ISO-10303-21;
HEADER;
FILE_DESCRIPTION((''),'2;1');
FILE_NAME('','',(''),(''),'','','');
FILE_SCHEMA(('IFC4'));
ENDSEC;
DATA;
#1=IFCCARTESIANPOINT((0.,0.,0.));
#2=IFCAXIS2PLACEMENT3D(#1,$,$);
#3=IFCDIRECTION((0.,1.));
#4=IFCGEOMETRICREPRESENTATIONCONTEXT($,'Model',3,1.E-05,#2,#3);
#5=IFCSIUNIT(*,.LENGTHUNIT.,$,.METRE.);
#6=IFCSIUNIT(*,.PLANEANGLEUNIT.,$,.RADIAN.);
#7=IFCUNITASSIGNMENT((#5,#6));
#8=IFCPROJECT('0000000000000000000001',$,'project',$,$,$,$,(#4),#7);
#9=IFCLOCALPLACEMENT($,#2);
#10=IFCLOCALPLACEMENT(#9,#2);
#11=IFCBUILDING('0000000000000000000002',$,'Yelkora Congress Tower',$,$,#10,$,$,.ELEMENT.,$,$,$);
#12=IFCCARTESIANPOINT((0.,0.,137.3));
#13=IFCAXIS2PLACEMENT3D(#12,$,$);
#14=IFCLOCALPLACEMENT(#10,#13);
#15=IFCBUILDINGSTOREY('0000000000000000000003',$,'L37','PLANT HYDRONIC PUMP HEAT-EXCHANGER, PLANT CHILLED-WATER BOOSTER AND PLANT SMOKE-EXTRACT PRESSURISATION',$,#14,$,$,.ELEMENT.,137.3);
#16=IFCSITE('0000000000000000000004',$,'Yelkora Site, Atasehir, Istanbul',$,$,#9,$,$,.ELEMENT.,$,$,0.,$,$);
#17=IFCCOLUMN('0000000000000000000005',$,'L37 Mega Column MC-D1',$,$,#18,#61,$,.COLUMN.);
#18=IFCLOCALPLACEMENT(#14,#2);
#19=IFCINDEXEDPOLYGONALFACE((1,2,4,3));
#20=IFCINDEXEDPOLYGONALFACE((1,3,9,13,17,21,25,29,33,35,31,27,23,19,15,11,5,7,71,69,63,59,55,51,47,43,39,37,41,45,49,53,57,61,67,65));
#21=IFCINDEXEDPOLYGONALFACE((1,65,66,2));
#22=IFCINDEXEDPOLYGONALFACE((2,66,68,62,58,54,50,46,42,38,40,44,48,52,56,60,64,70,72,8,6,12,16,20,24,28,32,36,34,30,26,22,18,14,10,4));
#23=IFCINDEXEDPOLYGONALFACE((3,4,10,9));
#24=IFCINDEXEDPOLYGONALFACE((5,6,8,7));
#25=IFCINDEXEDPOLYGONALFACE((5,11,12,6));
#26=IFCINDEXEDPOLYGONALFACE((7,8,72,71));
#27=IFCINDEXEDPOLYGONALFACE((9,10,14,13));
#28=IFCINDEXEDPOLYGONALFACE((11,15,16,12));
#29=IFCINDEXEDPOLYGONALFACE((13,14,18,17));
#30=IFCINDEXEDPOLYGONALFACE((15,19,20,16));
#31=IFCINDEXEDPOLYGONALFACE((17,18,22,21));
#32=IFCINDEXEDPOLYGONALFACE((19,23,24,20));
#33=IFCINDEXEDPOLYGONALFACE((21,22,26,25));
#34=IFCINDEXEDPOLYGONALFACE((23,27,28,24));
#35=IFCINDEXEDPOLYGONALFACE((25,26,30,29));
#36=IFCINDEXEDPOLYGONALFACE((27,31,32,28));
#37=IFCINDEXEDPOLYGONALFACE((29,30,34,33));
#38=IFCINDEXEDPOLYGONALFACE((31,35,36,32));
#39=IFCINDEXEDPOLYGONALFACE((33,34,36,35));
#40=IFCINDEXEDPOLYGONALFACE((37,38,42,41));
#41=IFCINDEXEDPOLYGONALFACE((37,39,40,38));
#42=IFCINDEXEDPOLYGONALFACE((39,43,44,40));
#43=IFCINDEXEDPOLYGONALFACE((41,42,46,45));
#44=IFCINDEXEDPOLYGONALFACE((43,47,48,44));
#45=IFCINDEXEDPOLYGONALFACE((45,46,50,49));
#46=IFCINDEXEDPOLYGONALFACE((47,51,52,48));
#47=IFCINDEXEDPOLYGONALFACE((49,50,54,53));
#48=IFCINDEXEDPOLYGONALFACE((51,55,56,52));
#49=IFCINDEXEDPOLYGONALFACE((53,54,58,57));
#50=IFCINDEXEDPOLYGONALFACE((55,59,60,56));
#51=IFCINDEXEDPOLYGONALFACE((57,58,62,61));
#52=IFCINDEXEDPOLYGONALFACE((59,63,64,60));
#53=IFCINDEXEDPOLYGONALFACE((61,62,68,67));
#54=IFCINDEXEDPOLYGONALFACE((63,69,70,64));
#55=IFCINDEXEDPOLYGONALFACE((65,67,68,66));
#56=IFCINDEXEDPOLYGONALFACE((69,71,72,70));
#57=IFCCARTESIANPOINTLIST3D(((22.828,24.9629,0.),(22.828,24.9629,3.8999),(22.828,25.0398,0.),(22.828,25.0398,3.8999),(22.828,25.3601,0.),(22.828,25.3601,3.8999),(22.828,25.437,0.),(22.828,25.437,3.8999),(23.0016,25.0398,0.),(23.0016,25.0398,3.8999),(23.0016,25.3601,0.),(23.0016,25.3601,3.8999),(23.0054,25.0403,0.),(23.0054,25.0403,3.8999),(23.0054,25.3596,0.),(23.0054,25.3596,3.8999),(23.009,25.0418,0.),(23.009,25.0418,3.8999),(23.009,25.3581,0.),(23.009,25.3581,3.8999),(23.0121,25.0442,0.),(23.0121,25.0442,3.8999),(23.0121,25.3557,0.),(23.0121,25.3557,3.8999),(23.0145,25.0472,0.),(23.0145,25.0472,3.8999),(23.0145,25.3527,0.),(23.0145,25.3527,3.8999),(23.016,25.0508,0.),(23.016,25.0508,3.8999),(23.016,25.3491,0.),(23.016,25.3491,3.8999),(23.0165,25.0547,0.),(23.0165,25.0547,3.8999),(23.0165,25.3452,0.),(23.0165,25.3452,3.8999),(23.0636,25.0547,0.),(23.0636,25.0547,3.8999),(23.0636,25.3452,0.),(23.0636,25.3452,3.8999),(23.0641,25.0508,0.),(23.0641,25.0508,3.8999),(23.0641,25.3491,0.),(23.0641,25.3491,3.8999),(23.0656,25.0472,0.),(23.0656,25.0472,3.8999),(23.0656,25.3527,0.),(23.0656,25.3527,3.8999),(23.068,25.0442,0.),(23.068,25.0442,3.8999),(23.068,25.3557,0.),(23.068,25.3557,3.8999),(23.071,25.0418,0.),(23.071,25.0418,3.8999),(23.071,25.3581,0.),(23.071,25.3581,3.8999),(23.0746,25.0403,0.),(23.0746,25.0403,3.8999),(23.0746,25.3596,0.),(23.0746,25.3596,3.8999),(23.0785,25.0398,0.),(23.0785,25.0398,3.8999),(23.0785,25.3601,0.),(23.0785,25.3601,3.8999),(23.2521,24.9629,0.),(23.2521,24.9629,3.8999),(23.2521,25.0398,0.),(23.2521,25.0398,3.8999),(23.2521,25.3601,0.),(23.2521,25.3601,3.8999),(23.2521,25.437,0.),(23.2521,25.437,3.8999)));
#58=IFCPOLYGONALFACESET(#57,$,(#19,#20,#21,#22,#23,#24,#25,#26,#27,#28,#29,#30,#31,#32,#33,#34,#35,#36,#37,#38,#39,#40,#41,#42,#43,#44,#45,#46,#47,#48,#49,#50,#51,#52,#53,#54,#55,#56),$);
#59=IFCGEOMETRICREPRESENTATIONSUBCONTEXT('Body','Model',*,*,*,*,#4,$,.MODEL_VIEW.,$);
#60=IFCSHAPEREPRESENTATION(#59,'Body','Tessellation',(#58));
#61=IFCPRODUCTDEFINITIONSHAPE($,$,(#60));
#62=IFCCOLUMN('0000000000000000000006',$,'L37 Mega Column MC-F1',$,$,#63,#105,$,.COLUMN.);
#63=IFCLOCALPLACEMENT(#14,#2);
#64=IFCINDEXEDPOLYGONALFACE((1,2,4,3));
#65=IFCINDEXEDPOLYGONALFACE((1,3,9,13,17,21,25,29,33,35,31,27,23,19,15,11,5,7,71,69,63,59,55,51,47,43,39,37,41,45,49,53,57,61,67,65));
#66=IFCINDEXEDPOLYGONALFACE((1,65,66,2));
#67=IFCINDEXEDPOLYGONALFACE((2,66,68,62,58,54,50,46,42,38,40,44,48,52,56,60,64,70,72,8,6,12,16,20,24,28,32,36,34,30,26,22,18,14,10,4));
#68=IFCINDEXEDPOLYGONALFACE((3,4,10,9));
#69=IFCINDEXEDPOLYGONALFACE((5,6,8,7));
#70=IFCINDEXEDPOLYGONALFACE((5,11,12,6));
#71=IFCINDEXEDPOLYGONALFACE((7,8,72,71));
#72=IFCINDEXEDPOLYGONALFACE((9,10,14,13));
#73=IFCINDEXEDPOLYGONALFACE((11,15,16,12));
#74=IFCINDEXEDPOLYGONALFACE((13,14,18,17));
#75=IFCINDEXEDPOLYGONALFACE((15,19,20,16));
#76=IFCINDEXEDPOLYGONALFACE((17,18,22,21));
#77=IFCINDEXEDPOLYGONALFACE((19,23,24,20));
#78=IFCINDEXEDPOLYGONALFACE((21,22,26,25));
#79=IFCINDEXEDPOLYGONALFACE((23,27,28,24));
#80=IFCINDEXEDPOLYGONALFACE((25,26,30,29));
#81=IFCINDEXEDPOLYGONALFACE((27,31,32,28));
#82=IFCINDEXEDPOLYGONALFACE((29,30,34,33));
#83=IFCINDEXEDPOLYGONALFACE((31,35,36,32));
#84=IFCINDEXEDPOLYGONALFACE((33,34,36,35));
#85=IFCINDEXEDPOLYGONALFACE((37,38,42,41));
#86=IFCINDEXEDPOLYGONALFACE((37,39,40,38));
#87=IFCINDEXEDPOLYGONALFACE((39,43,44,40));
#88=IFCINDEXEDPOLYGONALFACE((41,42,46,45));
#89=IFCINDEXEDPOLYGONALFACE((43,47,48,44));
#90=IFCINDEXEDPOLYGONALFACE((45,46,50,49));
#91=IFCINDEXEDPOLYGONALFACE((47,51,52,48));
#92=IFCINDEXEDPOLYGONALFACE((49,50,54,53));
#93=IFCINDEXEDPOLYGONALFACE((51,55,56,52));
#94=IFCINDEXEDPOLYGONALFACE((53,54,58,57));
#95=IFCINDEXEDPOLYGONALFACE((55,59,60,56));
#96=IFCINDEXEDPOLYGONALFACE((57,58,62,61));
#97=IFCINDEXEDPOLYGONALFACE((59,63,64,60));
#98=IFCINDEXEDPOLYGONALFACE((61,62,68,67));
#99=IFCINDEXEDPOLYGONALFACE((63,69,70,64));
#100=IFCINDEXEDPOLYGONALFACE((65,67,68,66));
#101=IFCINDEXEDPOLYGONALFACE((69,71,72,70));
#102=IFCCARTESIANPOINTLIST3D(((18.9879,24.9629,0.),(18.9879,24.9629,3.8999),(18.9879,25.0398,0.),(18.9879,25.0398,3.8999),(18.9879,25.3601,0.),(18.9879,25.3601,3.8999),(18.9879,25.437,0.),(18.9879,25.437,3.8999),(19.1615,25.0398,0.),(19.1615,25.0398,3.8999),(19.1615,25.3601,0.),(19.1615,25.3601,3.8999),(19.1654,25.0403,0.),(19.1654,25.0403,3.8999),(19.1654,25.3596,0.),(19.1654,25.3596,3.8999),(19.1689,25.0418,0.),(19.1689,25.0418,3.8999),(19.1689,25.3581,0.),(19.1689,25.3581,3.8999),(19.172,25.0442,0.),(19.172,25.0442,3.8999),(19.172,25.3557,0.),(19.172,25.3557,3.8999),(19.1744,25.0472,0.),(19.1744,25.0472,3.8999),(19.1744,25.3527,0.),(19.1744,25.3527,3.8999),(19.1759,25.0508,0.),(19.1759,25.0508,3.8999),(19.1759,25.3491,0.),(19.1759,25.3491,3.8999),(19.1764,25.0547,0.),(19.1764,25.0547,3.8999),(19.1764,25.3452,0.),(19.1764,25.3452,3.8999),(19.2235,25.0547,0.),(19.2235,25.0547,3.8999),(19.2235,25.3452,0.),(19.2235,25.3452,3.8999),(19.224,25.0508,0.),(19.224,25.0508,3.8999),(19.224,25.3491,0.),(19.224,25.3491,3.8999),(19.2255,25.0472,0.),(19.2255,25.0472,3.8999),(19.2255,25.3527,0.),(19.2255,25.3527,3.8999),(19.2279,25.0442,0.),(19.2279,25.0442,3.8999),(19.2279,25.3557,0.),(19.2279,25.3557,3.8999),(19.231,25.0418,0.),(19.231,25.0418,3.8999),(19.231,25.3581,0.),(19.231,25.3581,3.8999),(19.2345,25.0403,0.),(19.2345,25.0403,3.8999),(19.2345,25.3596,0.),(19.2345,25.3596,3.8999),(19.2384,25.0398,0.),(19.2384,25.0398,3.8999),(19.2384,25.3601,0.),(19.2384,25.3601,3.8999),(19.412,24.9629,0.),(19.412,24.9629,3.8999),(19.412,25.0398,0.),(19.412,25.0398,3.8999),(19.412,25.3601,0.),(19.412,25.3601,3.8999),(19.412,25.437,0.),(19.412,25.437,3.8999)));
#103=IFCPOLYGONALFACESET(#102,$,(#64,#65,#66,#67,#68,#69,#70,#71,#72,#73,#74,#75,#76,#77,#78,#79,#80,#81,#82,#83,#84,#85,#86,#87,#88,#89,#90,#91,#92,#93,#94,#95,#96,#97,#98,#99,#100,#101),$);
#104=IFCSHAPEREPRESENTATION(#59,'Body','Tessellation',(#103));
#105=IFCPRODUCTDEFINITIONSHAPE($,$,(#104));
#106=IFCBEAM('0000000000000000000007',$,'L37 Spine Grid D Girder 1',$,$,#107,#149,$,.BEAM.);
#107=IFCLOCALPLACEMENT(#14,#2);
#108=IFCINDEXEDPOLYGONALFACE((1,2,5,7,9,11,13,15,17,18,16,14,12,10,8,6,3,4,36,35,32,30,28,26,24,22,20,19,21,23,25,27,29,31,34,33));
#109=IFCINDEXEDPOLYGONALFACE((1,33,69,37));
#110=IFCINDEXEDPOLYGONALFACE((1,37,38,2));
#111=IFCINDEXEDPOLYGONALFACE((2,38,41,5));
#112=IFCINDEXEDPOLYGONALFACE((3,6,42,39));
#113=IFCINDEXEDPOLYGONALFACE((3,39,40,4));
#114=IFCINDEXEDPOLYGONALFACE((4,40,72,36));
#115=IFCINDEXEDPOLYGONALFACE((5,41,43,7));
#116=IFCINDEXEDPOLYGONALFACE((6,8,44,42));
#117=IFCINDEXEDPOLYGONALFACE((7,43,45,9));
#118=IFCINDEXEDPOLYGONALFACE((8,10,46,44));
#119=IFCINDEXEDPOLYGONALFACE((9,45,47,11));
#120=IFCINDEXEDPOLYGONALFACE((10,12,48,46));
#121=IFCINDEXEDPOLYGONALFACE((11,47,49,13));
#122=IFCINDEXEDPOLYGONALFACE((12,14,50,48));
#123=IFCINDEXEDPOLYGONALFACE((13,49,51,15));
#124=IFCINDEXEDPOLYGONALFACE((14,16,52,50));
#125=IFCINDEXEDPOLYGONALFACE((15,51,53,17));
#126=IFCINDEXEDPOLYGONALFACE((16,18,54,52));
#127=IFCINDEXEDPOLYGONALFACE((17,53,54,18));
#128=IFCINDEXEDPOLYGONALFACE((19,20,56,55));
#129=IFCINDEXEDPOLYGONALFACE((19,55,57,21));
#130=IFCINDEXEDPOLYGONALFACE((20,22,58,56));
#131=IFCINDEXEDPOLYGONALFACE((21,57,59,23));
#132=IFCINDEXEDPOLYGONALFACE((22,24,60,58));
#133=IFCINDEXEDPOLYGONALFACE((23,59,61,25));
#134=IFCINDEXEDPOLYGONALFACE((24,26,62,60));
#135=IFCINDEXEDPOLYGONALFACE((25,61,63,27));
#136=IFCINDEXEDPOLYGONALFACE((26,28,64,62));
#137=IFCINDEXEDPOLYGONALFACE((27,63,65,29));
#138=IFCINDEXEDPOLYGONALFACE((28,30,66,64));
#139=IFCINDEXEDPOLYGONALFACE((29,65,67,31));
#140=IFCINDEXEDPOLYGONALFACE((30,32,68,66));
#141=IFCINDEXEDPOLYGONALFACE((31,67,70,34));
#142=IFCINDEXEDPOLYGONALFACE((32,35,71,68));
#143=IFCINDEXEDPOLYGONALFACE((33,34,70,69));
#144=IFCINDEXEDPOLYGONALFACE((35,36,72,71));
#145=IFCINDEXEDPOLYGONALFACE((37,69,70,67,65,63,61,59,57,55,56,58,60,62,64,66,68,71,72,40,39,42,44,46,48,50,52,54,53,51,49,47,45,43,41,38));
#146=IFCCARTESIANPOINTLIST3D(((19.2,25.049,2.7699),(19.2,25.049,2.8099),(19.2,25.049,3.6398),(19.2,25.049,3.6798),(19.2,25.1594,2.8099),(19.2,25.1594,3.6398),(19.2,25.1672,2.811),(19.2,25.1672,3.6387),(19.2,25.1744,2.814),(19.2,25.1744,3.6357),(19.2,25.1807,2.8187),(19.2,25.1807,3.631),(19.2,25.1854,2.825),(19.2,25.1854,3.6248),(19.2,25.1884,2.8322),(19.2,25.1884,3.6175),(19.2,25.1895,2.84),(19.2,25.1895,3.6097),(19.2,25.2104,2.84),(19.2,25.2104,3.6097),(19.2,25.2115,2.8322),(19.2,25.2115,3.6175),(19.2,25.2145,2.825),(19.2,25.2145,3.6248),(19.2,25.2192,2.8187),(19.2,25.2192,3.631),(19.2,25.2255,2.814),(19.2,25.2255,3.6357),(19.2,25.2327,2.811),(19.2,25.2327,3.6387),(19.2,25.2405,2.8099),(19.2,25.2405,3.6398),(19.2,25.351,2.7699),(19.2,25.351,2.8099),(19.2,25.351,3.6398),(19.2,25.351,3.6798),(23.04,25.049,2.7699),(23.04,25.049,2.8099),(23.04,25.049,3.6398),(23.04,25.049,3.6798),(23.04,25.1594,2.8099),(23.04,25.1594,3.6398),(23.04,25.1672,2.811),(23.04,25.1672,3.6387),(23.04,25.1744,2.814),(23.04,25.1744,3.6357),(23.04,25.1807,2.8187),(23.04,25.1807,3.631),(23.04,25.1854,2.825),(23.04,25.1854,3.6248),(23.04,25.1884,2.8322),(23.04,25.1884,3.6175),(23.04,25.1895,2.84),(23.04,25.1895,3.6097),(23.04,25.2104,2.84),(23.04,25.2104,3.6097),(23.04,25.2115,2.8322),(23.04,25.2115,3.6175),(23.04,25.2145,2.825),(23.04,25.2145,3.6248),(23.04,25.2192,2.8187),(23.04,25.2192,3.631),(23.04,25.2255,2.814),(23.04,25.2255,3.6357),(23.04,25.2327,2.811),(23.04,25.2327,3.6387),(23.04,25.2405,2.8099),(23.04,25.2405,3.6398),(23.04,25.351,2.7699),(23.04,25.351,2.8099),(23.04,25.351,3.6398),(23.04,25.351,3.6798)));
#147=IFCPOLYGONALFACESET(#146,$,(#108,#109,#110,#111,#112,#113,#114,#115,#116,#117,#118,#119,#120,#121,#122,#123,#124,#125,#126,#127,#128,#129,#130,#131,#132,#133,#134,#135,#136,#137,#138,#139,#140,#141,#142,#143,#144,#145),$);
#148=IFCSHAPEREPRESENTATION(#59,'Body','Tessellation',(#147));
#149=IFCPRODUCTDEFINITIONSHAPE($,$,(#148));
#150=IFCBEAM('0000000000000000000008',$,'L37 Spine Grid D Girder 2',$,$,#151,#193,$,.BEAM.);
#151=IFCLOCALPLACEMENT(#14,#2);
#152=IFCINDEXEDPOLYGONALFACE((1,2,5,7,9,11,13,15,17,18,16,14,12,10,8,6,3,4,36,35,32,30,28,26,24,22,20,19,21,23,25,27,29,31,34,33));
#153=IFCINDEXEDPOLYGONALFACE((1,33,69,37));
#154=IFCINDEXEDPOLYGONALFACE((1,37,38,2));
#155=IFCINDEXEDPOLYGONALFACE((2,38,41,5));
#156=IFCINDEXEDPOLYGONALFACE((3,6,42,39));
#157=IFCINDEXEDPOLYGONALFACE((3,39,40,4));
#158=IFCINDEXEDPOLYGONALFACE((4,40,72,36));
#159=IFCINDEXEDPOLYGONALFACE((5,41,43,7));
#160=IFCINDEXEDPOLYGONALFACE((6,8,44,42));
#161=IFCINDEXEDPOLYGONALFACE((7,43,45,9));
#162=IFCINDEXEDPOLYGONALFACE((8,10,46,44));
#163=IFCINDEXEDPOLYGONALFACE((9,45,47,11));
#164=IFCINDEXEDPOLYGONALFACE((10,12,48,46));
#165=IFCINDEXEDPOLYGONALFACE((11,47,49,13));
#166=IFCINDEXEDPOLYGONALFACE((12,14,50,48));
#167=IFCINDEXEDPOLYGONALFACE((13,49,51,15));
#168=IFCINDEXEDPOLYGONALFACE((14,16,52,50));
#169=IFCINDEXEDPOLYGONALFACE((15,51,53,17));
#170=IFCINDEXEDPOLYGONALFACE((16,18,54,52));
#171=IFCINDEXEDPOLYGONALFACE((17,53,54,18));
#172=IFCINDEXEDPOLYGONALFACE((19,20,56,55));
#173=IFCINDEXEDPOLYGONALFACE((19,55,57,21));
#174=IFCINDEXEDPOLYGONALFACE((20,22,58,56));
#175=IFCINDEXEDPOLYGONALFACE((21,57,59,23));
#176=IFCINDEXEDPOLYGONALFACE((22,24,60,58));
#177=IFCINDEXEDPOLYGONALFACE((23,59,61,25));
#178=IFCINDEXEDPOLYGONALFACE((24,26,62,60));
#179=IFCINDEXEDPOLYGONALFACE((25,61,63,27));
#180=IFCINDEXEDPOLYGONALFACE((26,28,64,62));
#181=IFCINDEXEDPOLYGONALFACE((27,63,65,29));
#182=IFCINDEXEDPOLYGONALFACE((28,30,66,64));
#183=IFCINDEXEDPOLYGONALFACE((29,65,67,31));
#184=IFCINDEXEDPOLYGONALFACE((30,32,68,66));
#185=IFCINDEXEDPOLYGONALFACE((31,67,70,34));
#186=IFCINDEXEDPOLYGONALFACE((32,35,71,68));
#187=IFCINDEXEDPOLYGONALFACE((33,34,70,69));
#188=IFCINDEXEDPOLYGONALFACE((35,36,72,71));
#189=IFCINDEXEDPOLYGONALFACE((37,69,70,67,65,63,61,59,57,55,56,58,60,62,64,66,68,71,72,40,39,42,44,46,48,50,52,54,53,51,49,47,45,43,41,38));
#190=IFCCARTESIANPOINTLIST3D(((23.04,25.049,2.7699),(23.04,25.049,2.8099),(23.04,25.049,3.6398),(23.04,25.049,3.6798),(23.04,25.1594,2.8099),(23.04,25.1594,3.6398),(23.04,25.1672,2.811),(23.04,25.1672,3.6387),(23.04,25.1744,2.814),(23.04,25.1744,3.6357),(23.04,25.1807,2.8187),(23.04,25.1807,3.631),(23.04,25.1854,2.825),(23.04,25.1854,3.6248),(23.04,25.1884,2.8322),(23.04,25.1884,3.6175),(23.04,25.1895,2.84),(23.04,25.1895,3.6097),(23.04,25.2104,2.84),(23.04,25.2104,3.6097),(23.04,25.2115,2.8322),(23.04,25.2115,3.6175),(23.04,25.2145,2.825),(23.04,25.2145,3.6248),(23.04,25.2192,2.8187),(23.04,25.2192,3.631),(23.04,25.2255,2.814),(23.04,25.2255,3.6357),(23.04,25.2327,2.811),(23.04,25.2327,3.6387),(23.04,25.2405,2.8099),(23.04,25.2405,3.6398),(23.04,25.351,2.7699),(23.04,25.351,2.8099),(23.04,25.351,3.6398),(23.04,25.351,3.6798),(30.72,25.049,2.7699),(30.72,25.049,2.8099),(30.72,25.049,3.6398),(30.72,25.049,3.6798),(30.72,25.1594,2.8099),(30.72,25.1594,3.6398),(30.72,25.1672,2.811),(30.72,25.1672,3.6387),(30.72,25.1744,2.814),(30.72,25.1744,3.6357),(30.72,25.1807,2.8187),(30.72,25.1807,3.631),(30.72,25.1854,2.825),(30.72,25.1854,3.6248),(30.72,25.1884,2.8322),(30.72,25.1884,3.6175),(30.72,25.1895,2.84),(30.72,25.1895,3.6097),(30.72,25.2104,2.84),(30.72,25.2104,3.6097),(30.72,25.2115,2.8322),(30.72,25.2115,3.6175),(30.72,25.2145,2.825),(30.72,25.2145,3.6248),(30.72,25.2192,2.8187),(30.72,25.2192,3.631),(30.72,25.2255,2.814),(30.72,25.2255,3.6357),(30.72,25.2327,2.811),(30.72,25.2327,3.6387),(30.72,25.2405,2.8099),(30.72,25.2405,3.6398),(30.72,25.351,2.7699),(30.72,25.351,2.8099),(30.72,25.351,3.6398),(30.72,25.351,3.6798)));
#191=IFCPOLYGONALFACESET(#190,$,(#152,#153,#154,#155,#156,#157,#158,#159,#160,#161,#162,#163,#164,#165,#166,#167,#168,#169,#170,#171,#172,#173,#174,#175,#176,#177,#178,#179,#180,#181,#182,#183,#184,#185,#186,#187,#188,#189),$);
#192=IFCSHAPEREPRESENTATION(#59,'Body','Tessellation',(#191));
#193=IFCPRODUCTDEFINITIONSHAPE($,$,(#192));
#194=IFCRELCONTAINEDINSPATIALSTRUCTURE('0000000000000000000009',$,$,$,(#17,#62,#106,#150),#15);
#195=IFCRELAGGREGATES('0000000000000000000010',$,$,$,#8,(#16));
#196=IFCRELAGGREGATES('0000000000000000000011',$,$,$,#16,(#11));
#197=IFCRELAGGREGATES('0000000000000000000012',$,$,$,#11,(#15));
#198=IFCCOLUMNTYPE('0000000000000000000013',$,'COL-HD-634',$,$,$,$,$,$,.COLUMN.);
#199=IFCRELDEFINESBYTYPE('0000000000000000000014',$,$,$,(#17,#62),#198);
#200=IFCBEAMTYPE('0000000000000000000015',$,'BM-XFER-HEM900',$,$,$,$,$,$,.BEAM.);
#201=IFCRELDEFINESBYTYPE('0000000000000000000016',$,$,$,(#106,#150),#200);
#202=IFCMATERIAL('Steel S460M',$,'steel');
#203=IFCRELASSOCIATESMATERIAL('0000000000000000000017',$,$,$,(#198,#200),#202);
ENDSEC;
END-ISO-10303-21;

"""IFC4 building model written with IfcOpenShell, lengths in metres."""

from ifc_helpers import new_model, si_unit, direction, frame, origin, origin_2d, place, context, subcontext, project, spatial, i_section, extrude, material, material_profile, profile_set, type_object, element, save


model = new_model("IFC4")

# Units and contexts
model_context = context("Model", 3, precision=1e-05, world=origin(), true_north=direction((0.0, 1.0)))
body_context = subcontext(model_context, "Body", "Model", "MODEL_VIEW")
ifc_project = project(units=[si_unit("LENGTHUNIT", "METRE"), si_unit("PLANEANGLEUNIT", "RADIAN")], contexts=[model_context])

# Site, building, storey
site_placement = place(None, origin())
site = spatial("IfcSite", under=ifc_project, at=site_placement, Name="Yelkora Site, Atasehir, Istanbul", CompositionType="ELEMENT", RefElevation=0.0)
building_placement = place(site_placement, origin())
building = spatial("IfcBuilding", under=site, at=building_placement, Name="Yelkora Congress Tower", CompositionType="ELEMENT")
storey_placement = place(building_placement, frame((0.0, 0.0, 137.3)))
storey = spatial("IfcBuildingStorey", under=building, at=storey_placement, Name="L37", Description="PLANT HYDRONIC PUMP HEAT-EXCHANGER, PLANT CHILLED-WATER BOOSTER AND PLANT SMOKE-EXTRACT PRESSURISATION", CompositionType="ELEMENT", Elevation=137.3)

# Columns
ifc_material_1 = material(Name="Steel S460M", Category="steel")
ifc_material_profile_1 = material_profile(ifc_material_1, i_section(OverallWidth=0.4241, OverallDepth=0.4741, WebThickness=0.0471, FlangeThickness=0.0769, FilletRadius=0.0149, at=origin_2d()), Name="HD 400x634")
ifc_profile_set_1 = profile_set([ifc_material_profile_1], Name="Steel S460M")
column_type = type_object("IfcColumnType", Name="COL-HD-634", PredefinedType="COLUMN", material=ifc_profile_set_1)
for number, where, z_axis, x_axis, name in (
    (1, (23.04, 25.2, 0.0), (0.0, 0.0, 1.0), (1.0, 0.0, 0.0), "L37 Mega Column MC-D1"),
    (2, (19.2, 25.2, 0.0), (0.0, 0.0, 1.0), (1.0, 0.0, 0.0), "L37 Mega Column MC-F1"),
):
    element("IfcColumn", number, at=place(storey_placement, frame(where, z_axis=z_axis, x_axis=x_axis)), inside=storey, type_object=column_type, Name=name, PredefinedType="COLUMN", context=body_context, shape_type="SweptSolid", body=[
        extrude(i_section(OverallWidth=0.4241, OverallDepth=0.4741, WebThickness=0.0471, FlangeThickness=0.0769, FilletRadius=0.0149, at=origin_2d()), origin(), (0.0, 0.0, 1.0), 3.8999),
    ])

# Beams
ifc_material_profile_2 = material_profile(ifc_material_1, i_section(OverallWidth=0.302, OverallDepth=0.9099, WebThickness=0.021, FlangeThickness=0.04, FilletRadius=0.03, at=origin_2d()), Name="HEM 900")
ifc_profile_set_2 = profile_set([ifc_material_profile_2], Name="Steel S460M")
beam_type = type_object("IfcBeamType", Name="BM-XFER-HEM900", PredefinedType="BEAM", material=ifc_profile_set_2)
beam_1_placement = place(storey_placement, frame((19.2, 25.2, 3.2249), z_axis=(1.0, 0.0, 0.0), x_axis=(0.0, 1.0, 0.0)))
element("IfcBeam", 3, at=beam_1_placement, inside=storey, type_object=beam_type, Name="L37 Spine Grid D Girder 1", PredefinedType="BEAM", context=body_context, shape_type="SweptSolid", body=[
    extrude(i_section(OverallWidth=0.302, OverallDepth=0.9099, WebThickness=0.021, FlangeThickness=0.04, FilletRadius=0.03, at=origin_2d()), origin(), (0.0, 0.0, 1.0), 3.8401),
])
beam_2_placement = place(storey_placement, frame((23.04, 25.2, 3.2249), z_axis=(1.0, 0.0, 0.0), x_axis=(0.0, 1.0, 0.0)))
element("IfcBeam", 4, at=beam_2_placement, inside=storey, type_object=beam_type, Name="L37 Spine Grid D Girder 2", PredefinedType="BEAM", context=body_context, shape_type="SweptSolid", body=[
    extrude(i_section(OverallWidth=0.302, OverallDepth=0.9099, WebThickness=0.021, FlangeThickness=0.04, FilletRadius=0.03, at=origin_2d()), origin(), (0.0, 0.0, 1.0), 7.6799),
])

save(model, "model.ifc")
